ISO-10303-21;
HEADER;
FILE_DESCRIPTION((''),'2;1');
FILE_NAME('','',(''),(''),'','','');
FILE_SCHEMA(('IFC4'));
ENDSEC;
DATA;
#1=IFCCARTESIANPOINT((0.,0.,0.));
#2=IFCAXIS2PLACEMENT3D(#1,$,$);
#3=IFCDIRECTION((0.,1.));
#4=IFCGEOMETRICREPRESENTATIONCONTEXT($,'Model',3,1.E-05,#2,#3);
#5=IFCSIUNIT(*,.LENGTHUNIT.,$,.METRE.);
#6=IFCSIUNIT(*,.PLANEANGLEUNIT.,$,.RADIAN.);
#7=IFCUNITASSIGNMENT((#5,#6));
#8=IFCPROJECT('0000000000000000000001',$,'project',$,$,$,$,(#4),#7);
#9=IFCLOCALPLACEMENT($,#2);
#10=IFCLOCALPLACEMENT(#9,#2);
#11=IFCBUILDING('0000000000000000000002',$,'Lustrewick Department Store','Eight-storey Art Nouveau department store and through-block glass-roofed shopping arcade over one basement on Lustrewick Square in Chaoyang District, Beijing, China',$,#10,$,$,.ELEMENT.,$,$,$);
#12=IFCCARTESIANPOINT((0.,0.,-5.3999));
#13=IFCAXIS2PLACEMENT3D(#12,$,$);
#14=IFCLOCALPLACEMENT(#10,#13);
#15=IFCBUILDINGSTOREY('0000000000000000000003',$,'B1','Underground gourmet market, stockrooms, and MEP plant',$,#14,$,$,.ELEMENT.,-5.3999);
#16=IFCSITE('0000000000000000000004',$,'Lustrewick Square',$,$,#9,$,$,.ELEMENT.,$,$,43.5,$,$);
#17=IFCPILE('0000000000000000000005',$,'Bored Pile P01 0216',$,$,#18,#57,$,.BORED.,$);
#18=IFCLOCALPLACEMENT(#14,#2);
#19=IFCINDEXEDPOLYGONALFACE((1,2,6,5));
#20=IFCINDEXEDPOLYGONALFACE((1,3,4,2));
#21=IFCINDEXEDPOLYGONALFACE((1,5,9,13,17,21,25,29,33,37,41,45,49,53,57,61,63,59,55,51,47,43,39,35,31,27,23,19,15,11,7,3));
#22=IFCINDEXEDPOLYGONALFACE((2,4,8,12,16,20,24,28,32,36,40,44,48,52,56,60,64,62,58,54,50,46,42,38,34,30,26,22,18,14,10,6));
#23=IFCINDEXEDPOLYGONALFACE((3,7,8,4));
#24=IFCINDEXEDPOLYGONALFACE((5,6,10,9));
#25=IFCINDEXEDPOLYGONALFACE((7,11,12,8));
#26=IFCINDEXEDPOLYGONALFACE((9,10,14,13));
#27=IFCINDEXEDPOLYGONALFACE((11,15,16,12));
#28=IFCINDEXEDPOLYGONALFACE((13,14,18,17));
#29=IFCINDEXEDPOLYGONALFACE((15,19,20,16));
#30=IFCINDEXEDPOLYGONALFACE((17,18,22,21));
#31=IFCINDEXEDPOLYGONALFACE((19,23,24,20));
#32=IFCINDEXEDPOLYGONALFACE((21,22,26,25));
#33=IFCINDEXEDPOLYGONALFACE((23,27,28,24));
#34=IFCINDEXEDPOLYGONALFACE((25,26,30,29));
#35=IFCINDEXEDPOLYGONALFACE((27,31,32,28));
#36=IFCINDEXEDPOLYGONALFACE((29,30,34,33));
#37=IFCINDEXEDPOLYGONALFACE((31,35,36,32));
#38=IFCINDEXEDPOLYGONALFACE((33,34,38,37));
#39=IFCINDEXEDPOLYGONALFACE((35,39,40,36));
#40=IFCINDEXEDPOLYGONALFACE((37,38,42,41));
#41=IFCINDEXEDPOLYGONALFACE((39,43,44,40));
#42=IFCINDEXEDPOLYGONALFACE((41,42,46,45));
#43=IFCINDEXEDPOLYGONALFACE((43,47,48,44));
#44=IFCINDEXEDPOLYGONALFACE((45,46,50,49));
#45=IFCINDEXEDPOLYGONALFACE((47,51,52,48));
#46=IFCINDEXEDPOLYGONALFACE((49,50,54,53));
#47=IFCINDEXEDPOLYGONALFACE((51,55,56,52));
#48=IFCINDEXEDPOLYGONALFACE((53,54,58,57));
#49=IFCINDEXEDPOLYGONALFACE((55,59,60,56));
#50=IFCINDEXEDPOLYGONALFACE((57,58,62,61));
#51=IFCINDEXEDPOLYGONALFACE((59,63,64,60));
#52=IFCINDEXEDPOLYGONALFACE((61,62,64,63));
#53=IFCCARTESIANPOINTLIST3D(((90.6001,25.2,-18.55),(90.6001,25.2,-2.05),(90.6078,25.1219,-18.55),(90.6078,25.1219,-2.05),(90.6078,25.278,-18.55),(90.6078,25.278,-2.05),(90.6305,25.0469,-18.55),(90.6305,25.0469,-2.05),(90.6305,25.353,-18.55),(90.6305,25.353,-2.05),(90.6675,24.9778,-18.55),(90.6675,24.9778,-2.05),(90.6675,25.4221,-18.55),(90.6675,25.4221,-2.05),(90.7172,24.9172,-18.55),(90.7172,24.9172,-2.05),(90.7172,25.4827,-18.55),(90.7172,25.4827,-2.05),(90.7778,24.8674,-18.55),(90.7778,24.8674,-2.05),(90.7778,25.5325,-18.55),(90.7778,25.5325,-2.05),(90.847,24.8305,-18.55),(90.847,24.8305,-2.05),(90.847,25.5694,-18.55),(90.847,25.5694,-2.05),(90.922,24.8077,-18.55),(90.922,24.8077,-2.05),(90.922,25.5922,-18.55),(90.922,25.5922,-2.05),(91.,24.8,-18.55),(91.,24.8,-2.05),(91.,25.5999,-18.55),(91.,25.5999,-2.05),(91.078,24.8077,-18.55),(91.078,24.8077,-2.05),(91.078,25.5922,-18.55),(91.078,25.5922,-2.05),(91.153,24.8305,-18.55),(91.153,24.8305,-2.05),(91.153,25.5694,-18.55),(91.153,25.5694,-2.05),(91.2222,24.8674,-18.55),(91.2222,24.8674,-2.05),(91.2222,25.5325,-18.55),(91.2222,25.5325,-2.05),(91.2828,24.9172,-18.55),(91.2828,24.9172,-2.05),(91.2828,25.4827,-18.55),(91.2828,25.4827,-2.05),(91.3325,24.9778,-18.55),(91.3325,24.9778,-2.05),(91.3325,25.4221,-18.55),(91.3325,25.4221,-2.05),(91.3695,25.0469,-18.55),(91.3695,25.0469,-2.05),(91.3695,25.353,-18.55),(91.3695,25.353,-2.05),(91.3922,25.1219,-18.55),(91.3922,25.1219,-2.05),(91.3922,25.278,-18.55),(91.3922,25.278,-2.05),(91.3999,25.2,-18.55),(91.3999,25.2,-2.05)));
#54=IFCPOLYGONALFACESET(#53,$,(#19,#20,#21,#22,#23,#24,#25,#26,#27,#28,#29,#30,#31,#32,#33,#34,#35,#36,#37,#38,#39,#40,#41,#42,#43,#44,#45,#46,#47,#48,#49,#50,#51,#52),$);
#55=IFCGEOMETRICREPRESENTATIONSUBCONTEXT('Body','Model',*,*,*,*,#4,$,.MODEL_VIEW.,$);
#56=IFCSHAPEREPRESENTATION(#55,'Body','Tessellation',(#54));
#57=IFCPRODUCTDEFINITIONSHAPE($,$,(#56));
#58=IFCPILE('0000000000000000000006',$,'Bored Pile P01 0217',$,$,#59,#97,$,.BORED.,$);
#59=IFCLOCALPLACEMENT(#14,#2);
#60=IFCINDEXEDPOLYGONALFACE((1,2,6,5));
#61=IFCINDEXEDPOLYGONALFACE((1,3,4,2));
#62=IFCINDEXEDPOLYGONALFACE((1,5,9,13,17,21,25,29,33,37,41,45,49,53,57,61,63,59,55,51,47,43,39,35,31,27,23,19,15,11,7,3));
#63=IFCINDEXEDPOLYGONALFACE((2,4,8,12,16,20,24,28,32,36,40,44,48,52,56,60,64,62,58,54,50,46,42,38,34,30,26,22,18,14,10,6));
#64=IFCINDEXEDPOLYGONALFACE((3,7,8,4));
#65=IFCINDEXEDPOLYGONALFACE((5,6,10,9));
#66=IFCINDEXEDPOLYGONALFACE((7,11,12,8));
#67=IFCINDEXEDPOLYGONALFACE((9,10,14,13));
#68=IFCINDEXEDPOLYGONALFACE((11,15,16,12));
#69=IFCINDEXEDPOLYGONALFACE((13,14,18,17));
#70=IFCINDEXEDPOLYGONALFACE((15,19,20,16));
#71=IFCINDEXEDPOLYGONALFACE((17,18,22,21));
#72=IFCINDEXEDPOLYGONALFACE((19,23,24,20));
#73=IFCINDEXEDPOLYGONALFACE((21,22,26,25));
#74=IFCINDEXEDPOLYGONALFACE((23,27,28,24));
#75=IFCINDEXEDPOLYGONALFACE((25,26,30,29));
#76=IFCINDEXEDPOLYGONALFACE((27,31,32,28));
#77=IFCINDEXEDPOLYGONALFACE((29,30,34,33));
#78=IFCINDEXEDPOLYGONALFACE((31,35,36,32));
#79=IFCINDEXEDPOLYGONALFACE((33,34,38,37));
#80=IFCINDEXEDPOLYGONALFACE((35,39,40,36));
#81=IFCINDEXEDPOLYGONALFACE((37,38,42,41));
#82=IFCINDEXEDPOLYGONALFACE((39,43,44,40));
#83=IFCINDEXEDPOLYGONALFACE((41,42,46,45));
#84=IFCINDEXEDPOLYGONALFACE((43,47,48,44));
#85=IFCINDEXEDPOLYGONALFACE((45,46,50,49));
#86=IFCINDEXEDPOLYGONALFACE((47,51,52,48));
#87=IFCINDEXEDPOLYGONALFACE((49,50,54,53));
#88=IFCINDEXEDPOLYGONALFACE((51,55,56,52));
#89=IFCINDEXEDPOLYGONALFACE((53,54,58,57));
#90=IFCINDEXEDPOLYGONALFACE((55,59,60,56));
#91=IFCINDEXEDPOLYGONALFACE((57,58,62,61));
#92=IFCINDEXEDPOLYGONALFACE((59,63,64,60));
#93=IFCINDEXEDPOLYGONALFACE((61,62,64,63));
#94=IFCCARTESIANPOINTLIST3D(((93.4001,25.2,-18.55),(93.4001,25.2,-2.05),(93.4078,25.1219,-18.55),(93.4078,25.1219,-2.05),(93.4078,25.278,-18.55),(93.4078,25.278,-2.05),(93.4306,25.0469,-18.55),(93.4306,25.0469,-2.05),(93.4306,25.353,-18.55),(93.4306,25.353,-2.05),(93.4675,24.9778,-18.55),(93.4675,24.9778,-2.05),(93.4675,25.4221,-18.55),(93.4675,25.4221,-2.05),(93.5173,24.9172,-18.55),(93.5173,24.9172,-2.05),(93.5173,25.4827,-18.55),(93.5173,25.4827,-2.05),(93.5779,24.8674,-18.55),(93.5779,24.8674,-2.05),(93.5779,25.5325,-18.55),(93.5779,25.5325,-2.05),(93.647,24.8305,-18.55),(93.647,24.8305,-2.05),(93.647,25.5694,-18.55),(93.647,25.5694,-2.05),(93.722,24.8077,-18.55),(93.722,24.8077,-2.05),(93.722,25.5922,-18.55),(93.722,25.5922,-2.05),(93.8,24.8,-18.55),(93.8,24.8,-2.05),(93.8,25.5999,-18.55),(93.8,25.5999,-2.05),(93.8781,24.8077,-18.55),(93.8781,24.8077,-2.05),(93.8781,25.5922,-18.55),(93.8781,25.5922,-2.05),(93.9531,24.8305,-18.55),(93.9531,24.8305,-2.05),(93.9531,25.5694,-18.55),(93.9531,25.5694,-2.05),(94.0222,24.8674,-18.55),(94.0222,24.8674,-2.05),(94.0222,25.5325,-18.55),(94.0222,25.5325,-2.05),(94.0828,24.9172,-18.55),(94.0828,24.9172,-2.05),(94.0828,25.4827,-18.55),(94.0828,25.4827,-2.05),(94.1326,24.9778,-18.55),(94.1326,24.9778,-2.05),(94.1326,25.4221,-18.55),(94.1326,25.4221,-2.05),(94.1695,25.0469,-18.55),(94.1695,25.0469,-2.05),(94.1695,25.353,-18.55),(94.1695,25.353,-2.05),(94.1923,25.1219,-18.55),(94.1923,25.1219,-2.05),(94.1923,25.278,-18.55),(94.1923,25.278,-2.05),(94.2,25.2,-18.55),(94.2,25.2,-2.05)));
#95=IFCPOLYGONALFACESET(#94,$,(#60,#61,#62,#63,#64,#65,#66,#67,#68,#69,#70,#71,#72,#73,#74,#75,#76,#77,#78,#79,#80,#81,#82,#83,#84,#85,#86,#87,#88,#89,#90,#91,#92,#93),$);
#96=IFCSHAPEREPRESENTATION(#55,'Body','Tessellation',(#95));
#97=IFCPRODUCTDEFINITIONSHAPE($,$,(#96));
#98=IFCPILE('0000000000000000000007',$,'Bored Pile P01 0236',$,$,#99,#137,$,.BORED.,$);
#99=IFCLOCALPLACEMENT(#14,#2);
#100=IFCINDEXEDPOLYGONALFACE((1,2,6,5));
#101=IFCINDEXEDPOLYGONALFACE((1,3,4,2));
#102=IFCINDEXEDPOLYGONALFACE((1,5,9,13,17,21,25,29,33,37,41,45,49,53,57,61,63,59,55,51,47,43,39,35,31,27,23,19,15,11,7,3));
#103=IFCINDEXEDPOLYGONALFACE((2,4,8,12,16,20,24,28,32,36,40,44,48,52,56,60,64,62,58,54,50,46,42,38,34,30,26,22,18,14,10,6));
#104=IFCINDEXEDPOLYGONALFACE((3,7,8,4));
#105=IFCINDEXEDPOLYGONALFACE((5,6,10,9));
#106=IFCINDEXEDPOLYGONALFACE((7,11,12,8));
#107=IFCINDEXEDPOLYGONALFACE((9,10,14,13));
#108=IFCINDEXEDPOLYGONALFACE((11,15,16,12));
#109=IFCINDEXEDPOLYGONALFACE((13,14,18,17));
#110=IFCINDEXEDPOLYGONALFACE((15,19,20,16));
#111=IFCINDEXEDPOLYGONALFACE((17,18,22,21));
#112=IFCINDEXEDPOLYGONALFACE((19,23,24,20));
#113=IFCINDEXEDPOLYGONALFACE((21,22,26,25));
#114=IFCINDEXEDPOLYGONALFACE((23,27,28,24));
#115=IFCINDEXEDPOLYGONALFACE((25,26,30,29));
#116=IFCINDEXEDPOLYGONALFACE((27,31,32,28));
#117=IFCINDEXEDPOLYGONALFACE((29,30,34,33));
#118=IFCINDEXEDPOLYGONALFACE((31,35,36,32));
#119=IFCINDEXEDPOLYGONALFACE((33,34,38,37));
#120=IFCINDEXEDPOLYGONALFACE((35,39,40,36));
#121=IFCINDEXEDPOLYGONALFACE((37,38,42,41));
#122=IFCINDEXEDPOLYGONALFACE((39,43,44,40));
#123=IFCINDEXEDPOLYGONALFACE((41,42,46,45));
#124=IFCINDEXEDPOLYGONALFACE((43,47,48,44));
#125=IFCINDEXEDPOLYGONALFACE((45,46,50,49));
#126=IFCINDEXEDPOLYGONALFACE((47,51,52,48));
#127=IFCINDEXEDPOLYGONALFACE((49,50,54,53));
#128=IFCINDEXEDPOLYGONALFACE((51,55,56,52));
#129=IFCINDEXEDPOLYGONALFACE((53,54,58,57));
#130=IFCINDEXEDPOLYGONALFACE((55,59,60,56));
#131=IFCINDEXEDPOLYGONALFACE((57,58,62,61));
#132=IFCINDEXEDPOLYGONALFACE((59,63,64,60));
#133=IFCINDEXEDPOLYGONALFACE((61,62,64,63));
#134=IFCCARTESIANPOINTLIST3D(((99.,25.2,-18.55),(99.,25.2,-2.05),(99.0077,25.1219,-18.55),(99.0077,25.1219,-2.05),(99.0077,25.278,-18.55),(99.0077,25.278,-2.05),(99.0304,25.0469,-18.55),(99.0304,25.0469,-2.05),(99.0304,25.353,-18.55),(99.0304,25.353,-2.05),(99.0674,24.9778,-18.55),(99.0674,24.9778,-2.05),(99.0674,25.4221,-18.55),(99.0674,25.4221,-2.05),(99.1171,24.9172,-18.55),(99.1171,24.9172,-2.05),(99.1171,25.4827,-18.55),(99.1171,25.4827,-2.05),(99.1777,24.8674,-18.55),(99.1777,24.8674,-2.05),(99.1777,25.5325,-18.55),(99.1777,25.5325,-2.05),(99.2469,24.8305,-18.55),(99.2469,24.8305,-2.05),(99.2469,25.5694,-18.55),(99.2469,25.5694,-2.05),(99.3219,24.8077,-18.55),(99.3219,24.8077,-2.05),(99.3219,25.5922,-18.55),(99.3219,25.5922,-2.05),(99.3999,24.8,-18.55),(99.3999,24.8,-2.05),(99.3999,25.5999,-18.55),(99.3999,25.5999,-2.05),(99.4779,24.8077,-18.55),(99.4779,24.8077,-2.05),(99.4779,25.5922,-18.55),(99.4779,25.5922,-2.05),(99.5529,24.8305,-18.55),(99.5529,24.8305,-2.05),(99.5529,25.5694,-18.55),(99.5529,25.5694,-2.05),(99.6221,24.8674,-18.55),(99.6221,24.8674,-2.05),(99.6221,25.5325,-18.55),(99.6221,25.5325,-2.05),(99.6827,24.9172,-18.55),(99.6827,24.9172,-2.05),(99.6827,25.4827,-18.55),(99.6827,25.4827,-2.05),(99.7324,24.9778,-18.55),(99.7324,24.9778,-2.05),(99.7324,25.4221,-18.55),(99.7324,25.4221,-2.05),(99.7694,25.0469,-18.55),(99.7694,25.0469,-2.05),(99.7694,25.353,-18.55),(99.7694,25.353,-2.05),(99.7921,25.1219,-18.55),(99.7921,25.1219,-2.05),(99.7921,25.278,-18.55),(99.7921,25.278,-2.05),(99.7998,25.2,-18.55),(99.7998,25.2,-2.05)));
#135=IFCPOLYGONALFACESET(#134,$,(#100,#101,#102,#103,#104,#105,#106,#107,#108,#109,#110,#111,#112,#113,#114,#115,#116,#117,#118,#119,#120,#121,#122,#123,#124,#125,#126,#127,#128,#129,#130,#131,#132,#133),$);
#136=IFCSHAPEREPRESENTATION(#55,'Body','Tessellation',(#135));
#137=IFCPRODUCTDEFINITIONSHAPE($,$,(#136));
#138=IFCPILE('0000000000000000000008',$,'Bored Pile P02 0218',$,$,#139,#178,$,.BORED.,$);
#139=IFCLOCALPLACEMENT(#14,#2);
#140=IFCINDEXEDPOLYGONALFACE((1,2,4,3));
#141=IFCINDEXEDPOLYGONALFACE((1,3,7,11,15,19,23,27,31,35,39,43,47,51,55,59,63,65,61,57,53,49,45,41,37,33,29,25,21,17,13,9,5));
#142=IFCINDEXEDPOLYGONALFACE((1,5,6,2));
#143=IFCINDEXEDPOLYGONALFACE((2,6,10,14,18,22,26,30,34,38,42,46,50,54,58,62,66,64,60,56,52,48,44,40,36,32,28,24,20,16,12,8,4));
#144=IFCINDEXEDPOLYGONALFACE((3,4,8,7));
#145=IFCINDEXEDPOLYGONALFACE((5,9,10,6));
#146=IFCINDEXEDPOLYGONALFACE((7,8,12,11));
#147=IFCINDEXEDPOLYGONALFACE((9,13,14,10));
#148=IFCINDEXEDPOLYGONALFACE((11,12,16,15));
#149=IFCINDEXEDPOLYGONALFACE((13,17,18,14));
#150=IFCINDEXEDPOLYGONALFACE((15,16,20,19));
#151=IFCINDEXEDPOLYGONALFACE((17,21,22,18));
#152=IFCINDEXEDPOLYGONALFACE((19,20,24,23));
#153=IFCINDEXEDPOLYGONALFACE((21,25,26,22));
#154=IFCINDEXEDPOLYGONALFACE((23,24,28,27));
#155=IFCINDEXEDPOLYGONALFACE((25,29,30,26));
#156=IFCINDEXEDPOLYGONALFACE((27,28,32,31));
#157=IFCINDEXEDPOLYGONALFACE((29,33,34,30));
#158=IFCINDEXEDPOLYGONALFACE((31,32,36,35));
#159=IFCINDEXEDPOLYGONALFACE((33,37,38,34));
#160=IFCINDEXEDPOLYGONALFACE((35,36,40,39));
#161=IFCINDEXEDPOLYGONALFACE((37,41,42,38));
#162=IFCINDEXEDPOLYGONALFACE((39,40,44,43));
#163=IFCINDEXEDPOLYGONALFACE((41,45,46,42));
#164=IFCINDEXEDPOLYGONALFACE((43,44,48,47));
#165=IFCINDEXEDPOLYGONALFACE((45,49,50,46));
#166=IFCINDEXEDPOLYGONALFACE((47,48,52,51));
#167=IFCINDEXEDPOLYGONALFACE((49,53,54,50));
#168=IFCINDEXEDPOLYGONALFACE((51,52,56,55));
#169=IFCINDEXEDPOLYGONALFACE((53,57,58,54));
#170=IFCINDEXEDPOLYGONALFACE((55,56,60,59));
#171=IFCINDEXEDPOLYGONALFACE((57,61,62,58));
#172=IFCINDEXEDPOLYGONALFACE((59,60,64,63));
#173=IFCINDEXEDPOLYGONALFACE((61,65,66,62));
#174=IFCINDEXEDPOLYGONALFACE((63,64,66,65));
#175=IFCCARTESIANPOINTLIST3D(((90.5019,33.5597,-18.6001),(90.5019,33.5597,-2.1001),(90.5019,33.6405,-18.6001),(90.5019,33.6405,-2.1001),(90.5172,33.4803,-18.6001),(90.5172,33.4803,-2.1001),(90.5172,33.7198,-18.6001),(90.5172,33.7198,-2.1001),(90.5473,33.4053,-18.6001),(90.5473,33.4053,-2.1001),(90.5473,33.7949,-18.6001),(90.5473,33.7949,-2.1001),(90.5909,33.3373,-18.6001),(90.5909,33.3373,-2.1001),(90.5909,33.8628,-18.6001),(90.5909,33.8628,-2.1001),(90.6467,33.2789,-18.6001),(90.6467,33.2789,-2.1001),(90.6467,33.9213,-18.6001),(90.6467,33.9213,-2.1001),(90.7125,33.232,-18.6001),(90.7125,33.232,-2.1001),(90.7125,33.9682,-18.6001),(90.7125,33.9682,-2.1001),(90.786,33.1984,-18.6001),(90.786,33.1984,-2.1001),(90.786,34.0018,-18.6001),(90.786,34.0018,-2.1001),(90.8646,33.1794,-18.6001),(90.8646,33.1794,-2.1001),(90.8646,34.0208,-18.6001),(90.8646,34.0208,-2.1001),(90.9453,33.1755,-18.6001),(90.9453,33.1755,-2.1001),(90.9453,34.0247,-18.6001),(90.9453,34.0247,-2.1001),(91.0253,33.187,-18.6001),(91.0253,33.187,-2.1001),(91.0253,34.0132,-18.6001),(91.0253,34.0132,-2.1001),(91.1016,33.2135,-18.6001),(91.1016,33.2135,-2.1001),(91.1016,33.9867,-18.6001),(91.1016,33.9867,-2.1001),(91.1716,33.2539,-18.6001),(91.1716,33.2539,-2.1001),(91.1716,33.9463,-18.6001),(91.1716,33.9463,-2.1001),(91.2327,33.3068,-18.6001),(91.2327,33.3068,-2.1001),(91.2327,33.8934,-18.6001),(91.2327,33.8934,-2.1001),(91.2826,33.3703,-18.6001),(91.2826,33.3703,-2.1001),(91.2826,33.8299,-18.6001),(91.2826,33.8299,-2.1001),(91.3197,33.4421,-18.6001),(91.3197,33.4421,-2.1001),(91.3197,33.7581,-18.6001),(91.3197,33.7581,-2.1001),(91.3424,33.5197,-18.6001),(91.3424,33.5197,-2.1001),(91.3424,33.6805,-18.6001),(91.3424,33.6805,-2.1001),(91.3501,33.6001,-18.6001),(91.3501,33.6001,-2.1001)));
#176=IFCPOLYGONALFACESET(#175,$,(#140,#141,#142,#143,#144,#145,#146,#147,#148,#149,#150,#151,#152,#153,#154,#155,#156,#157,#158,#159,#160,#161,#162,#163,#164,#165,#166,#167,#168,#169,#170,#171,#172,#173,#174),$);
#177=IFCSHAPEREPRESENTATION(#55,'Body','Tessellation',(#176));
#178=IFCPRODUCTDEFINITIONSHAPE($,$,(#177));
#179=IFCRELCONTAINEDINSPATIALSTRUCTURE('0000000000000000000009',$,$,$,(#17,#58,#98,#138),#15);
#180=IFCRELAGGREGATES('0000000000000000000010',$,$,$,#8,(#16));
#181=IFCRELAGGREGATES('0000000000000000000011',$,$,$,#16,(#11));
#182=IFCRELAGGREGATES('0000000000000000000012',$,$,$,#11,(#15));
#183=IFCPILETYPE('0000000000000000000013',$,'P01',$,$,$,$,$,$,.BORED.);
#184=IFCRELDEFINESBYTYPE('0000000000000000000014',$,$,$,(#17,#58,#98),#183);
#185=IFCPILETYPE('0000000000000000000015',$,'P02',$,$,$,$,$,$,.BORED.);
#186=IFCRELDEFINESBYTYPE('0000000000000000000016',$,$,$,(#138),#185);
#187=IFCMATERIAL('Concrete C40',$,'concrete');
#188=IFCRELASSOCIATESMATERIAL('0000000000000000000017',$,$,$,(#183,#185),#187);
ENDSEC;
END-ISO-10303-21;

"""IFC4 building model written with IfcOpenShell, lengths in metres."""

from ifc_helpers import new_model, si_unit, direction, frame, origin, origin_2d, place, context, subcontext, project, spatial, circle, extrude, material, material_profile, profile_set, type_object, element, save


model = new_model("IFC4")

# Units and contexts
model_context = context("Model", 3, precision=1e-05, world=origin(), true_north=direction((0.0, 1.0)))
body_context = subcontext(model_context, "Body", "Model", "MODEL_VIEW")
ifc_project = project(units=[si_unit("LENGTHUNIT", "METRE"), si_unit("PLANEANGLEUNIT", "RADIAN")], contexts=[model_context])

# Site, building, storey
site_placement = place(None, origin())
site = spatial("IfcSite", under=ifc_project, at=site_placement, Name="Lustrewick Square", CompositionType="ELEMENT", RefElevation=43.5)
building_placement = place(site_placement, origin())
building = spatial("IfcBuilding", under=site, at=building_placement, Name="Lustrewick Department Store", Description="Eight-storey Art Nouveau department store and through-block glass-roofed shopping arcade over one basement on Lustrewick Square in Chaoyang District, Beijing, China", CompositionType="ELEMENT")
storey_placement = place(building_placement, frame((0.0, 0.0, -5.3999)))
storey = spatial("IfcBuildingStorey", under=building, at=storey_placement, Name="B1", Description="Underground gourmet market, stockrooms, and MEP plant", CompositionType="ELEMENT", Elevation=-5.3999)

# Piles
ifc_material_1 = material(Name="Concrete C40", Category="concrete")
ifc_material_profile_1 = material_profile(ifc_material_1, circle(Radius=0.3999, at=origin_2d()), Name="PILE D800")
ifc_profile_set_1 = profile_set([ifc_material_profile_1], Name="Concrete C40")
pile_type_1 = type_object("IfcPileType", Name="P01", PredefinedType="BORED", material=ifc_profile_set_1)
for number, where, z_axis, x_axis, name in (
    (1, (91.0, 25.2, -2.05), (0.0, 0.0, -1.0), (1.0, 0.0, 0.0), "Bored Pile P01 0216"),
    (2, (93.8, 25.2, -2.05), (0.0, 0.0, -1.0), (1.0, 0.0, 0.0), "Bored Pile P01 0217"),
    (3, (99.3999, 25.2, -2.05), (0.0, 0.0, -1.0), (1.0, 0.0, 0.0), "Bored Pile P01 0236"),
):
    element("IfcPile", number, at=place(storey_placement, frame(where, z_axis=z_axis, x_axis=x_axis)), inside=storey, type_object=pile_type_1, Name=name, PredefinedType="BORED", context=body_context, shape_type="SweptSolid", body=[
        extrude(circle(Radius=0.3999, at=origin_2d()), origin(), (0.0, 0.0, 1.0), 16.5),
    ])
ifc_material_profile_2 = material_profile(ifc_material_1, circle(Radius=0.425, at=origin_2d()), Name="PILE D850")
ifc_profile_set_2 = profile_set([ifc_material_profile_2], Name="Concrete C40")
pile_type_2 = type_object("IfcPileType", Name="P02", PredefinedType="BORED", material=ifc_profile_set_2)
for number, where, z_axis, x_axis, name in (
    (4, (90.925, 33.6001, -2.1001), (0.0, 0.0, -1.0), (1.0, 0.0, 0.0), "Bored Pile P02 0218"),
):
    element("IfcPile", number, at=place(storey_placement, frame(where, z_axis=z_axis, x_axis=x_axis)), inside=storey, type_object=pile_type_2, Name=name, PredefinedType="BORED", context=body_context, shape_type="SweptSolid", body=[
        extrude(circle(Radius=0.425, at=origin_2d()), origin(), (0.0, 0.0, 1.0), 16.5),
    ])

save(model, "model.ifc")
